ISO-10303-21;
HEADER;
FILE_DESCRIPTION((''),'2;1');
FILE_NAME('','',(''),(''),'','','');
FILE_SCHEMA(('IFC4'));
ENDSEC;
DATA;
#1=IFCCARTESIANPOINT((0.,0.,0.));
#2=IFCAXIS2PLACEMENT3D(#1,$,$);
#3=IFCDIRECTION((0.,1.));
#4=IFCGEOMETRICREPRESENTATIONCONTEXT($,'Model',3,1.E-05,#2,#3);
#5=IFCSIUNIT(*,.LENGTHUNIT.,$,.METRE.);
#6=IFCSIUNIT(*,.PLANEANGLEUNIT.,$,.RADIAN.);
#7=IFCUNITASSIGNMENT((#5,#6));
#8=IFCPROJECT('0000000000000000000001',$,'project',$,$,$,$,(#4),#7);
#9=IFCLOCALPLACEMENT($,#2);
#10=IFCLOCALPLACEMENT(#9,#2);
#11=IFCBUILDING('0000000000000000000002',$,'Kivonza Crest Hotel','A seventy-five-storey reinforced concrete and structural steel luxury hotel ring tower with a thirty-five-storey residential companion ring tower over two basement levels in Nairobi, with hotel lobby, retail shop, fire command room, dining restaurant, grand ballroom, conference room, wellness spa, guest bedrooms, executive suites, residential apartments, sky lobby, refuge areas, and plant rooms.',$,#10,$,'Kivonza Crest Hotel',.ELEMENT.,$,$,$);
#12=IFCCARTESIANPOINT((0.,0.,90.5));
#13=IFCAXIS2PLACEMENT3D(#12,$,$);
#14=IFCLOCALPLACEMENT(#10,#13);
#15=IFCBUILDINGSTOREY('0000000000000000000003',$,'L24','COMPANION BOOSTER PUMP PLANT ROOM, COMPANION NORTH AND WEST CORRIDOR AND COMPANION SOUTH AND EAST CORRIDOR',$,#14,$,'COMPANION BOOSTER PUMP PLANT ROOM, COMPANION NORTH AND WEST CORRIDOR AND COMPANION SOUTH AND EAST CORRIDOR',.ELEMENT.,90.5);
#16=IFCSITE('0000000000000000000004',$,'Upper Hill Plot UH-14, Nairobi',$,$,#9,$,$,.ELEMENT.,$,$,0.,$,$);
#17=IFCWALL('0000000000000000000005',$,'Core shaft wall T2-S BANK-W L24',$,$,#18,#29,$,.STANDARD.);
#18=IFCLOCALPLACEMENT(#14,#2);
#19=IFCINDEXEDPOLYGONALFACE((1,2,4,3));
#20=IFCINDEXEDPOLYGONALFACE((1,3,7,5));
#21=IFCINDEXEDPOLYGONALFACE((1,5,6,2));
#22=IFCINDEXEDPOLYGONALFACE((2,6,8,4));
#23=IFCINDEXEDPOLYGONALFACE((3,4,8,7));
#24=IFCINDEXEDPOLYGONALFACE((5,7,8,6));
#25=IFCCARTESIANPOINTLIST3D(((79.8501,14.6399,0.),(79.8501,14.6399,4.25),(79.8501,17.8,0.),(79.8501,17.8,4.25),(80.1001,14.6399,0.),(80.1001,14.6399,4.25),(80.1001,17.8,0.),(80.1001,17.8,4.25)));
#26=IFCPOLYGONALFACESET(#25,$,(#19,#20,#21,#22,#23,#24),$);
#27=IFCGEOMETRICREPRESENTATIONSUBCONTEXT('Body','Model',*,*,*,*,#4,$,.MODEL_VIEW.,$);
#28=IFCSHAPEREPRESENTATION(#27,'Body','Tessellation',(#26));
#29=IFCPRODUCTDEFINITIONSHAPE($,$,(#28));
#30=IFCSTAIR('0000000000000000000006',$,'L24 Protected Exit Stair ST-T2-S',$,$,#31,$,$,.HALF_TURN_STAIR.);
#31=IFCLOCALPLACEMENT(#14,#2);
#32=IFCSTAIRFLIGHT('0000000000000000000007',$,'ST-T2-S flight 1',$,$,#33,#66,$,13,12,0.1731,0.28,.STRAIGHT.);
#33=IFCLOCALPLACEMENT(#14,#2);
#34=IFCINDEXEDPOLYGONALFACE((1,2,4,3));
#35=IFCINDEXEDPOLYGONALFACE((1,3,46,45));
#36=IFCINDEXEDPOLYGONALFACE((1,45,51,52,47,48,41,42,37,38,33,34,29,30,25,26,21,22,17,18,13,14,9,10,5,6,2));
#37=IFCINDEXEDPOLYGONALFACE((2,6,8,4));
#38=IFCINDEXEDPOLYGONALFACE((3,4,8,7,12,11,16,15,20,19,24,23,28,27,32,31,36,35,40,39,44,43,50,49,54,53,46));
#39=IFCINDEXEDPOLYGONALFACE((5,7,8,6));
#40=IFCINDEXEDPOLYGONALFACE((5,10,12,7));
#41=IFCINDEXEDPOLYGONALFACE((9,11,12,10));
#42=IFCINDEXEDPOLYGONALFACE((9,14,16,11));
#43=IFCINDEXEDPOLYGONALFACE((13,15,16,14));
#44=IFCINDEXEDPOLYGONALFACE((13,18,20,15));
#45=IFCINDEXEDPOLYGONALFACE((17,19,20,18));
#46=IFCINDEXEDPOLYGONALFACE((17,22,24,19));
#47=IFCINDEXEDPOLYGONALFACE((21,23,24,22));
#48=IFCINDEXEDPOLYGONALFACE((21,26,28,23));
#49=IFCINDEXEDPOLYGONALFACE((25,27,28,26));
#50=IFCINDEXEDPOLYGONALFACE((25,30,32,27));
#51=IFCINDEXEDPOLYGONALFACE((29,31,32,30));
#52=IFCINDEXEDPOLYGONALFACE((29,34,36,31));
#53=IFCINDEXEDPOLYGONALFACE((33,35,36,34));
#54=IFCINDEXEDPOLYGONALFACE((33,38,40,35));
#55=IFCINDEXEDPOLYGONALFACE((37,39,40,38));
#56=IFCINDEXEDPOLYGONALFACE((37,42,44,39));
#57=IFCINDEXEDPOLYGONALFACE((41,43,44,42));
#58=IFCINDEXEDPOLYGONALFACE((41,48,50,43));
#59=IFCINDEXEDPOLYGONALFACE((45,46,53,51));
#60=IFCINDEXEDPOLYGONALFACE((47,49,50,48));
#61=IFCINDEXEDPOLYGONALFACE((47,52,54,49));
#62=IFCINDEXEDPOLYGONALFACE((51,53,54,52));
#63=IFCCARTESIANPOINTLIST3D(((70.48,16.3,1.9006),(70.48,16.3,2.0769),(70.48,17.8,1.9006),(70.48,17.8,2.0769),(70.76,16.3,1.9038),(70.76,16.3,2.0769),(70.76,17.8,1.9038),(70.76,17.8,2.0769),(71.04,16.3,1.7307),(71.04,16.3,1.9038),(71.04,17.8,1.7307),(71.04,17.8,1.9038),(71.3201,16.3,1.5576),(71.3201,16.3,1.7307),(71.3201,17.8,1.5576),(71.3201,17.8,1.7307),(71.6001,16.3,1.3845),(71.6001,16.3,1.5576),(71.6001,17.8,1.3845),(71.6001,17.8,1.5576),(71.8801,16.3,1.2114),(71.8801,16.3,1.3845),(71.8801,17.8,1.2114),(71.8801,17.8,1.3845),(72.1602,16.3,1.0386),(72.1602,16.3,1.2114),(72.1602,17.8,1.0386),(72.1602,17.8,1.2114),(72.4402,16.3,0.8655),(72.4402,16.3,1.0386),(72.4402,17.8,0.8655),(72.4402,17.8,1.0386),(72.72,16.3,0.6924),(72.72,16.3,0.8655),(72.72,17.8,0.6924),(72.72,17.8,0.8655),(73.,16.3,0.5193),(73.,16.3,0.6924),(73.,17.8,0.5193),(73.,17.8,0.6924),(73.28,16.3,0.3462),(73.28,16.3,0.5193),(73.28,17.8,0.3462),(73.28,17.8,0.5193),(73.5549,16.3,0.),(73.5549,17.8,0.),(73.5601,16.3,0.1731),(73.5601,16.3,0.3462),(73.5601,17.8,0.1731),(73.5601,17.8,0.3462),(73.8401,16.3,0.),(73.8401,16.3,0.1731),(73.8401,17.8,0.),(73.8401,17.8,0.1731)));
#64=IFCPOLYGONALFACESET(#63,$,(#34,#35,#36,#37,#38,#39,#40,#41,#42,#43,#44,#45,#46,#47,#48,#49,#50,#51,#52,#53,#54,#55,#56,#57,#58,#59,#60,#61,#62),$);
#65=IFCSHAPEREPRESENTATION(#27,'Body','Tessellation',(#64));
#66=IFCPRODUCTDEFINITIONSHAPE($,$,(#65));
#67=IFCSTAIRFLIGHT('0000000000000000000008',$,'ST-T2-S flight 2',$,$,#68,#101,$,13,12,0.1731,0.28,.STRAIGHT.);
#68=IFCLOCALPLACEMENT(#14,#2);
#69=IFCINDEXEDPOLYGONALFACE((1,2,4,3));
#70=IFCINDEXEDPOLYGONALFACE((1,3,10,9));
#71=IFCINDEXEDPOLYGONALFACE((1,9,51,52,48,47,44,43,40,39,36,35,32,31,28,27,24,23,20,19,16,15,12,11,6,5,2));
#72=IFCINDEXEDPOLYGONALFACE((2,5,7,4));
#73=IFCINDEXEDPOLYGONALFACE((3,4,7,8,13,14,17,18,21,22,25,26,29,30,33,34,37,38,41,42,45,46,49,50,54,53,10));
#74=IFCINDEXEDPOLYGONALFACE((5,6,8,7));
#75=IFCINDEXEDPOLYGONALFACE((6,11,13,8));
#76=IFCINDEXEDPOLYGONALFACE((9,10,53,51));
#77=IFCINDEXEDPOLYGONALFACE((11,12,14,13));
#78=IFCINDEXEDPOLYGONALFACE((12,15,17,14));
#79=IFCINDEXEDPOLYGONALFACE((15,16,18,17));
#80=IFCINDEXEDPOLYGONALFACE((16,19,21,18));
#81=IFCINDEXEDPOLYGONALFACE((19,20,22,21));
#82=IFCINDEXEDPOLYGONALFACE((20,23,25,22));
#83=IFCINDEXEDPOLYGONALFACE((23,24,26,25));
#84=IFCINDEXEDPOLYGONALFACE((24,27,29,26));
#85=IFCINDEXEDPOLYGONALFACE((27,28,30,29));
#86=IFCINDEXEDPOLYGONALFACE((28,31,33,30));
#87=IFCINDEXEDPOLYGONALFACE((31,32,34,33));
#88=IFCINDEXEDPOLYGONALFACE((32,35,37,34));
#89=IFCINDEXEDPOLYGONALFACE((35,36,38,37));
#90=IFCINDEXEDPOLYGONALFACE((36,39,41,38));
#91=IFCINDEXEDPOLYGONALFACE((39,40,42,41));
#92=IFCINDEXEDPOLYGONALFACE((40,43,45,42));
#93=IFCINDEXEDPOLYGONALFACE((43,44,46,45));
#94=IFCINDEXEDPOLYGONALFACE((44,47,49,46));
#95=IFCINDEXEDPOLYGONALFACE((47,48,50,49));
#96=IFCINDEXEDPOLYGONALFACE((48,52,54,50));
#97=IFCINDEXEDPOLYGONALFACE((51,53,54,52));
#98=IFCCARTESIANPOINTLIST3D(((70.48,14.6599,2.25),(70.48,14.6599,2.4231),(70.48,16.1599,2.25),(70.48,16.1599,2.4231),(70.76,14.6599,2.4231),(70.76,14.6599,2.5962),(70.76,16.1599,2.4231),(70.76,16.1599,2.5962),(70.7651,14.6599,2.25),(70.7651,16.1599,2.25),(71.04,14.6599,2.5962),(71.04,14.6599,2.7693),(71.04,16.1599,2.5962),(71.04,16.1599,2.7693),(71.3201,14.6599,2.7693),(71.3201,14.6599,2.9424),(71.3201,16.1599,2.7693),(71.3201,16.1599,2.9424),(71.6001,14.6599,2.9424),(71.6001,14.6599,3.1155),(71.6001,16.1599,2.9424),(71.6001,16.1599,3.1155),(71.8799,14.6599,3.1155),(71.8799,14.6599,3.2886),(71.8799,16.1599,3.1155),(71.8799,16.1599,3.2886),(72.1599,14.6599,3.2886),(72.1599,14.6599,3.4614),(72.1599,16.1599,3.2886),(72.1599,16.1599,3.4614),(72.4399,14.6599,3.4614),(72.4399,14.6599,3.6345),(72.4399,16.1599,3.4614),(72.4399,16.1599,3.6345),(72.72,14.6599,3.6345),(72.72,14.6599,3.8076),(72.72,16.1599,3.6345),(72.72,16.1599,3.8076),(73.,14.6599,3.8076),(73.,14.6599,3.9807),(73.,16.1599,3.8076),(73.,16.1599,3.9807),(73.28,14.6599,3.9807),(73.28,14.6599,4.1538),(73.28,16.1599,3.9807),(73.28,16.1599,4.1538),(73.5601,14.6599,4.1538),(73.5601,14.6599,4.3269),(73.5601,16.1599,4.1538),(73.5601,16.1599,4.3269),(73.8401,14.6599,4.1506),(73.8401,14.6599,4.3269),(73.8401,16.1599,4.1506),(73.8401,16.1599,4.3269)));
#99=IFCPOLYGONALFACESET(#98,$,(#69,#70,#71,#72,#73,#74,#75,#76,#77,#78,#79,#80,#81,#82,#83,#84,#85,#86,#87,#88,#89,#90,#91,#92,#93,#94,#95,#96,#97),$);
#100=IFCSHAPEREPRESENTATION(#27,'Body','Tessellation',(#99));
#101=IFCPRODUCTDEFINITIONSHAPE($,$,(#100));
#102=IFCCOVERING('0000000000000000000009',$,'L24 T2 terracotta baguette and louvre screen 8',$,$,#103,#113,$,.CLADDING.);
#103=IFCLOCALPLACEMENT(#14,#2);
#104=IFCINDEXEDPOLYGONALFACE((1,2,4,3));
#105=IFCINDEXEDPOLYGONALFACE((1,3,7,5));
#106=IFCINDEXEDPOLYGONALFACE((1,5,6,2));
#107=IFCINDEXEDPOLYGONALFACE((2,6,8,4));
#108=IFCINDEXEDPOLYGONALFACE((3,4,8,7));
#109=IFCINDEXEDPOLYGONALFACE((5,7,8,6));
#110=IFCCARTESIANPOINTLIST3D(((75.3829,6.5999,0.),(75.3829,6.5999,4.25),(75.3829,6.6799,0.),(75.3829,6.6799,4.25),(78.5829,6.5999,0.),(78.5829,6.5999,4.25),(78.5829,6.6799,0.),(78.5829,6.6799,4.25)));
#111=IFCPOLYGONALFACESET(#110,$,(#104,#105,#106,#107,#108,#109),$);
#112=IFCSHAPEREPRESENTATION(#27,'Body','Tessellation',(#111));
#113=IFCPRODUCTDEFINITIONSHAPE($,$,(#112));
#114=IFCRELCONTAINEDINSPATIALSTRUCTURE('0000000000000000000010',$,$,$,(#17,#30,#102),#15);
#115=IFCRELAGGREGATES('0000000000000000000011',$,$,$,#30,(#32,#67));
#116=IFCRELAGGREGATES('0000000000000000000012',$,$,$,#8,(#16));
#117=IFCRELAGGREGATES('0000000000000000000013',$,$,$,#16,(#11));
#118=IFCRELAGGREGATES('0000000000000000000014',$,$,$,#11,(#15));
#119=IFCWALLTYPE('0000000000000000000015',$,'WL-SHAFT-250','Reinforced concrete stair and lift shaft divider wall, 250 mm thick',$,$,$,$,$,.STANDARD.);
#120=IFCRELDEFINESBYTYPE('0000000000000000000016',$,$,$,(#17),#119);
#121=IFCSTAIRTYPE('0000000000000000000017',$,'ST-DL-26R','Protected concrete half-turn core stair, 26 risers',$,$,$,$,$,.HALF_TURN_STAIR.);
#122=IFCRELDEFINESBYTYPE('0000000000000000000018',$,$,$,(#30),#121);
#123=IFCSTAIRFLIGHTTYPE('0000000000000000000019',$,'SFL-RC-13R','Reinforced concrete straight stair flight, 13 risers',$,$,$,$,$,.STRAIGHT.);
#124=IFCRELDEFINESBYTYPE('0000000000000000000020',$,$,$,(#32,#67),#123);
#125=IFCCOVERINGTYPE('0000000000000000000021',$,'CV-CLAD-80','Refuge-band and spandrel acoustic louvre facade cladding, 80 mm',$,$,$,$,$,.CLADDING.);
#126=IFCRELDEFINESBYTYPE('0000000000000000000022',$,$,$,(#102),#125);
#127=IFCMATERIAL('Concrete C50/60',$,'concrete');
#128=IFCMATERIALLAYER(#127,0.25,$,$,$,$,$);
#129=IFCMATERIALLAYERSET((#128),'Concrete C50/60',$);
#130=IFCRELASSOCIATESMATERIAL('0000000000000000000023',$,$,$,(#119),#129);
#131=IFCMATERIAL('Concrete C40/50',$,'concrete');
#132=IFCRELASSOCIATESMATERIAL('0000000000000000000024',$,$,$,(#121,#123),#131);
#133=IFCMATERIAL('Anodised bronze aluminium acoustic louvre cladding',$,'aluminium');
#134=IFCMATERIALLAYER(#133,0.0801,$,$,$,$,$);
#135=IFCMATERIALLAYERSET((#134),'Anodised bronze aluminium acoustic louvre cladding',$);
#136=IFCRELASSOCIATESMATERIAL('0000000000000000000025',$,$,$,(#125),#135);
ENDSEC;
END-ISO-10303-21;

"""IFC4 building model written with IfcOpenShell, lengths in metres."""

from ifc_helpers import new_model, si_unit, direction, frame, frame_2d, origin, origin_2d, place, context, subcontext, project, spatial, polyline, rectangle, outline, extrude, material, layer, layer_set, type_object, element, aggregate, save


model = new_model("IFC4")

# Units and contexts
model_context = context("Model", 3, precision=1e-05, world=origin(), true_north=direction((0.0, 1.0)))
body_context = subcontext(model_context, "Body", "Model", "MODEL_VIEW")
ifc_project = project(units=[si_unit("LENGTHUNIT", "METRE"), si_unit("PLANEANGLEUNIT", "RADIAN")], contexts=[model_context])

# Site, building, storey
site_placement = place(None, origin())
site = spatial("IfcSite", under=ifc_project, at=site_placement, Name="Upper Hill Plot UH-14, Nairobi", CompositionType="ELEMENT", RefElevation=0.0)
building_placement = place(site_placement, origin())
building = spatial("IfcBuilding", under=site, at=building_placement, Name="Kivonza Crest Hotel", Description="A seventy-five-storey reinforced concrete and structural steel luxury hotel ring tower with a thirty-five-storey residential companion ring tower over two basement levels in Nairobi, with hotel lobby, retail shop, fire command room, dining restaurant, grand ballroom, conference room, wellness spa, guest bedrooms, executive suites, residential apartments, sky lobby, refuge areas, and plant rooms.", LongName="Kivonza Crest Hotel", CompositionType="ELEMENT")
storey_placement = place(building_placement, frame((0.0, 0.0, 90.5)))
storey = spatial("IfcBuildingStorey", under=building, at=storey_placement, Name="L24", Description="COMPANION BOOSTER PUMP PLANT ROOM, COMPANION NORTH AND WEST CORRIDOR AND COMPANION SOUTH AND EAST CORRIDOR", LongName="COMPANION BOOSTER PUMP PLANT ROOM, COMPANION NORTH AND WEST CORRIDOR AND COMPANION SOUTH AND EAST CORRIDOR", CompositionType="ELEMENT", Elevation=90.5)

# Shared definitions
ifc_material_1 = material(Name="Concrete C50/60", Category="concrete")

# Shared definitions
ifc_layer_1 = layer(ifc_material_1, 0.25)
ifc_layer_set_1 = layer_set([ifc_layer_1], Name="Concrete C50/60")
wall_type_1 = type_object("IfcWallType", Name="WL-SHAFT-250", Description="Reinforced concrete stair and lift shaft divider wall, 250 mm thick", PredefinedType="STANDARD", material=ifc_layer_set_1)

# Wall
wall_1_placement = place(storey_placement, frame((79.9751, 14.6399, 0.0), z_axis=(0.0, 0.0, 1.0), x_axis=(0.0, 1.0, 0.0)))
element("IfcWall", 1, at=wall_1_placement, inside=storey, type_object=wall_type_1, Name="Core shaft wall T2-S BANK-W L24", PredefinedType="STANDARD", context=body_context, shape_type="SweptSolid", body=[
    extrude(rectangle(XDim=3.1602, YDim=0.25, at=frame_2d((1.5801, 0.0))), origin(), (0.0, 0.0, 1.0), 4.25),
])

# Stair, stair flights
ifc_material_2 = material(Name="Concrete C40/50", Category="concrete")
stair_type = type_object("IfcStairType", Name="ST-DL-26R", Description="Protected concrete half-turn core stair, 26 risers", PredefinedType="HALF_TURN_STAIR", material=ifc_material_2)
stair_placement = place(storey_placement, origin())
stair = element("IfcStair", 2, at=stair_placement, inside=storey, type_object=stair_type, Name="L24 Protected Exit Stair ST-T2-S", PredefinedType="HALF_TURN_STAIR")
stair_flight_type = type_object("IfcStairFlightType", Name="SFL-RC-13R", Description="Reinforced concrete straight stair flight, 13 risers", PredefinedType="STRAIGHT", material=ifc_material_2)
stair_flight_1_placement = place(storey_placement, frame((73.8401, 17.05, 0.0), z_axis=(0.0, 0.0, 1.0), x_axis=(-1.0, 0.0, 0.0)))
stair_flight_1 = element("IfcStairFlight", 3, at=stair_flight_1_placement, type_object=stair_flight_type, Name="ST-T2-S flight 1", NumberOfRisers=13, NumberOfTreads=12, PredefinedType="STRAIGHT", RiserHeight=0.1731, TreadLength=0.28, context=body_context, shape_type="SweptSolid", body=[
    extrude(outline(polyline([(0.0, 0.0), (0.0, 0.1731), (0.28, 0.1731), (0.28, 0.3462), (0.5601, 0.3462), (0.5601, 0.5193), (0.8401, 0.5193), (0.8401, 0.6924), (1.1201, 0.6924), (1.1201, 0.8655), (1.3999, 0.8655), (1.3999, 1.0386), (1.6799, 1.0386), (1.6799, 1.2114), (1.96, 1.2114), (1.96, 1.3845), (2.24, 1.3845), (2.24, 1.5576), (2.52, 1.5576), (2.52, 1.7307), (2.8, 1.7307), (2.8, 1.9038), (3.0801, 1.9038), (3.0801, 2.0769), (3.3601, 2.0769), (3.3601, 2.25), (3.3601, 1.9006), (0.2852, 0.0), (0.0, 0.0)])), frame((0.0, 0.75, 0.0), z_axis=(0.0, -1.0, 0.0), x_axis=(1.0, 0.0, 0.0)), (0.0, 0.0, 1.0), 1.5),
])
stair_flight_2_placement = place(storey_placement, frame((70.48, 15.4099, 2.25), z_axis=(0.0, 0.0, 1.0), x_axis=(1.0, 0.0, 0.0)))
stair_flight_2 = element("IfcStairFlight", 4, at=stair_flight_2_placement, type_object=stair_flight_type, Name="ST-T2-S flight 2", NumberOfRisers=13, NumberOfTreads=12, PredefinedType="STRAIGHT", RiserHeight=0.1731, TreadLength=0.28, context=body_context, shape_type="SweptSolid", body=[
    extrude(outline(polyline([(0.0, 0.0), (0.0, 0.1731), (0.28, 0.1731), (0.28, 0.3462), (0.5601, 0.3462), (0.5601, 0.5193), (0.8401, 0.5193), (0.8401, 0.6924), (1.1201, 0.6924), (1.1201, 0.8655), (1.3999, 0.8655), (1.3999, 1.0386), (1.6799, 1.0386), (1.6799, 1.2114), (1.96, 1.2114), (1.96, 1.3845), (2.24, 1.3845), (2.24, 1.5576), (2.52, 1.5576), (2.52, 1.7307), (2.8, 1.7307), (2.8, 1.9038), (3.0801, 1.9038), (3.0801, 2.0769), (3.3601, 2.0769), (3.3601, 2.25), (3.3601, 1.9006), (0.2852, 0.0), (0.0, 0.0)])), frame((0.0, 0.75, 0.0), z_axis=(0.0, -1.0, 0.0), x_axis=(1.0, 0.0, 0.0)), (0.0, 0.0, 1.0), 1.5),
])
aggregate(stair, [stair_flight_1, stair_flight_2])

# Covering
ifc_material_3 = material(Name="Anodised bronze aluminium acoustic louvre cladding", Category="aluminium")
ifc_layer_2 = layer(ifc_material_3, 0.0801)
ifc_layer_set_2 = layer_set([ifc_layer_2], Name="Anodised bronze aluminium acoustic louvre cladding")
covering_type = type_object("IfcCoveringType", Name="CV-CLAD-80", Description="Refuge-band and spandrel acoustic louvre facade cladding, 80 mm", PredefinedType="CLADDING", material=ifc_layer_set_2)
covering_placement = place(storey_placement, frame((76.9829, 6.6399, 0.0), z_axis=(0.0, 0.0, 1.0), x_axis=(1.0, 0.0, 0.0)))
element("IfcCovering", 5, at=covering_placement, inside=storey, type_object=covering_type, Name="L24 T2 terracotta baguette and louvre screen 8", PredefinedType="CLADDING", context=body_context, shape_type="SweptSolid", body=[
    extrude(rectangle(XDim=3.2, YDim=0.0801, at=origin_2d()), origin(), (0.0, 0.0, 1.0), 4.25),
])

save(model, "model.ifc")
